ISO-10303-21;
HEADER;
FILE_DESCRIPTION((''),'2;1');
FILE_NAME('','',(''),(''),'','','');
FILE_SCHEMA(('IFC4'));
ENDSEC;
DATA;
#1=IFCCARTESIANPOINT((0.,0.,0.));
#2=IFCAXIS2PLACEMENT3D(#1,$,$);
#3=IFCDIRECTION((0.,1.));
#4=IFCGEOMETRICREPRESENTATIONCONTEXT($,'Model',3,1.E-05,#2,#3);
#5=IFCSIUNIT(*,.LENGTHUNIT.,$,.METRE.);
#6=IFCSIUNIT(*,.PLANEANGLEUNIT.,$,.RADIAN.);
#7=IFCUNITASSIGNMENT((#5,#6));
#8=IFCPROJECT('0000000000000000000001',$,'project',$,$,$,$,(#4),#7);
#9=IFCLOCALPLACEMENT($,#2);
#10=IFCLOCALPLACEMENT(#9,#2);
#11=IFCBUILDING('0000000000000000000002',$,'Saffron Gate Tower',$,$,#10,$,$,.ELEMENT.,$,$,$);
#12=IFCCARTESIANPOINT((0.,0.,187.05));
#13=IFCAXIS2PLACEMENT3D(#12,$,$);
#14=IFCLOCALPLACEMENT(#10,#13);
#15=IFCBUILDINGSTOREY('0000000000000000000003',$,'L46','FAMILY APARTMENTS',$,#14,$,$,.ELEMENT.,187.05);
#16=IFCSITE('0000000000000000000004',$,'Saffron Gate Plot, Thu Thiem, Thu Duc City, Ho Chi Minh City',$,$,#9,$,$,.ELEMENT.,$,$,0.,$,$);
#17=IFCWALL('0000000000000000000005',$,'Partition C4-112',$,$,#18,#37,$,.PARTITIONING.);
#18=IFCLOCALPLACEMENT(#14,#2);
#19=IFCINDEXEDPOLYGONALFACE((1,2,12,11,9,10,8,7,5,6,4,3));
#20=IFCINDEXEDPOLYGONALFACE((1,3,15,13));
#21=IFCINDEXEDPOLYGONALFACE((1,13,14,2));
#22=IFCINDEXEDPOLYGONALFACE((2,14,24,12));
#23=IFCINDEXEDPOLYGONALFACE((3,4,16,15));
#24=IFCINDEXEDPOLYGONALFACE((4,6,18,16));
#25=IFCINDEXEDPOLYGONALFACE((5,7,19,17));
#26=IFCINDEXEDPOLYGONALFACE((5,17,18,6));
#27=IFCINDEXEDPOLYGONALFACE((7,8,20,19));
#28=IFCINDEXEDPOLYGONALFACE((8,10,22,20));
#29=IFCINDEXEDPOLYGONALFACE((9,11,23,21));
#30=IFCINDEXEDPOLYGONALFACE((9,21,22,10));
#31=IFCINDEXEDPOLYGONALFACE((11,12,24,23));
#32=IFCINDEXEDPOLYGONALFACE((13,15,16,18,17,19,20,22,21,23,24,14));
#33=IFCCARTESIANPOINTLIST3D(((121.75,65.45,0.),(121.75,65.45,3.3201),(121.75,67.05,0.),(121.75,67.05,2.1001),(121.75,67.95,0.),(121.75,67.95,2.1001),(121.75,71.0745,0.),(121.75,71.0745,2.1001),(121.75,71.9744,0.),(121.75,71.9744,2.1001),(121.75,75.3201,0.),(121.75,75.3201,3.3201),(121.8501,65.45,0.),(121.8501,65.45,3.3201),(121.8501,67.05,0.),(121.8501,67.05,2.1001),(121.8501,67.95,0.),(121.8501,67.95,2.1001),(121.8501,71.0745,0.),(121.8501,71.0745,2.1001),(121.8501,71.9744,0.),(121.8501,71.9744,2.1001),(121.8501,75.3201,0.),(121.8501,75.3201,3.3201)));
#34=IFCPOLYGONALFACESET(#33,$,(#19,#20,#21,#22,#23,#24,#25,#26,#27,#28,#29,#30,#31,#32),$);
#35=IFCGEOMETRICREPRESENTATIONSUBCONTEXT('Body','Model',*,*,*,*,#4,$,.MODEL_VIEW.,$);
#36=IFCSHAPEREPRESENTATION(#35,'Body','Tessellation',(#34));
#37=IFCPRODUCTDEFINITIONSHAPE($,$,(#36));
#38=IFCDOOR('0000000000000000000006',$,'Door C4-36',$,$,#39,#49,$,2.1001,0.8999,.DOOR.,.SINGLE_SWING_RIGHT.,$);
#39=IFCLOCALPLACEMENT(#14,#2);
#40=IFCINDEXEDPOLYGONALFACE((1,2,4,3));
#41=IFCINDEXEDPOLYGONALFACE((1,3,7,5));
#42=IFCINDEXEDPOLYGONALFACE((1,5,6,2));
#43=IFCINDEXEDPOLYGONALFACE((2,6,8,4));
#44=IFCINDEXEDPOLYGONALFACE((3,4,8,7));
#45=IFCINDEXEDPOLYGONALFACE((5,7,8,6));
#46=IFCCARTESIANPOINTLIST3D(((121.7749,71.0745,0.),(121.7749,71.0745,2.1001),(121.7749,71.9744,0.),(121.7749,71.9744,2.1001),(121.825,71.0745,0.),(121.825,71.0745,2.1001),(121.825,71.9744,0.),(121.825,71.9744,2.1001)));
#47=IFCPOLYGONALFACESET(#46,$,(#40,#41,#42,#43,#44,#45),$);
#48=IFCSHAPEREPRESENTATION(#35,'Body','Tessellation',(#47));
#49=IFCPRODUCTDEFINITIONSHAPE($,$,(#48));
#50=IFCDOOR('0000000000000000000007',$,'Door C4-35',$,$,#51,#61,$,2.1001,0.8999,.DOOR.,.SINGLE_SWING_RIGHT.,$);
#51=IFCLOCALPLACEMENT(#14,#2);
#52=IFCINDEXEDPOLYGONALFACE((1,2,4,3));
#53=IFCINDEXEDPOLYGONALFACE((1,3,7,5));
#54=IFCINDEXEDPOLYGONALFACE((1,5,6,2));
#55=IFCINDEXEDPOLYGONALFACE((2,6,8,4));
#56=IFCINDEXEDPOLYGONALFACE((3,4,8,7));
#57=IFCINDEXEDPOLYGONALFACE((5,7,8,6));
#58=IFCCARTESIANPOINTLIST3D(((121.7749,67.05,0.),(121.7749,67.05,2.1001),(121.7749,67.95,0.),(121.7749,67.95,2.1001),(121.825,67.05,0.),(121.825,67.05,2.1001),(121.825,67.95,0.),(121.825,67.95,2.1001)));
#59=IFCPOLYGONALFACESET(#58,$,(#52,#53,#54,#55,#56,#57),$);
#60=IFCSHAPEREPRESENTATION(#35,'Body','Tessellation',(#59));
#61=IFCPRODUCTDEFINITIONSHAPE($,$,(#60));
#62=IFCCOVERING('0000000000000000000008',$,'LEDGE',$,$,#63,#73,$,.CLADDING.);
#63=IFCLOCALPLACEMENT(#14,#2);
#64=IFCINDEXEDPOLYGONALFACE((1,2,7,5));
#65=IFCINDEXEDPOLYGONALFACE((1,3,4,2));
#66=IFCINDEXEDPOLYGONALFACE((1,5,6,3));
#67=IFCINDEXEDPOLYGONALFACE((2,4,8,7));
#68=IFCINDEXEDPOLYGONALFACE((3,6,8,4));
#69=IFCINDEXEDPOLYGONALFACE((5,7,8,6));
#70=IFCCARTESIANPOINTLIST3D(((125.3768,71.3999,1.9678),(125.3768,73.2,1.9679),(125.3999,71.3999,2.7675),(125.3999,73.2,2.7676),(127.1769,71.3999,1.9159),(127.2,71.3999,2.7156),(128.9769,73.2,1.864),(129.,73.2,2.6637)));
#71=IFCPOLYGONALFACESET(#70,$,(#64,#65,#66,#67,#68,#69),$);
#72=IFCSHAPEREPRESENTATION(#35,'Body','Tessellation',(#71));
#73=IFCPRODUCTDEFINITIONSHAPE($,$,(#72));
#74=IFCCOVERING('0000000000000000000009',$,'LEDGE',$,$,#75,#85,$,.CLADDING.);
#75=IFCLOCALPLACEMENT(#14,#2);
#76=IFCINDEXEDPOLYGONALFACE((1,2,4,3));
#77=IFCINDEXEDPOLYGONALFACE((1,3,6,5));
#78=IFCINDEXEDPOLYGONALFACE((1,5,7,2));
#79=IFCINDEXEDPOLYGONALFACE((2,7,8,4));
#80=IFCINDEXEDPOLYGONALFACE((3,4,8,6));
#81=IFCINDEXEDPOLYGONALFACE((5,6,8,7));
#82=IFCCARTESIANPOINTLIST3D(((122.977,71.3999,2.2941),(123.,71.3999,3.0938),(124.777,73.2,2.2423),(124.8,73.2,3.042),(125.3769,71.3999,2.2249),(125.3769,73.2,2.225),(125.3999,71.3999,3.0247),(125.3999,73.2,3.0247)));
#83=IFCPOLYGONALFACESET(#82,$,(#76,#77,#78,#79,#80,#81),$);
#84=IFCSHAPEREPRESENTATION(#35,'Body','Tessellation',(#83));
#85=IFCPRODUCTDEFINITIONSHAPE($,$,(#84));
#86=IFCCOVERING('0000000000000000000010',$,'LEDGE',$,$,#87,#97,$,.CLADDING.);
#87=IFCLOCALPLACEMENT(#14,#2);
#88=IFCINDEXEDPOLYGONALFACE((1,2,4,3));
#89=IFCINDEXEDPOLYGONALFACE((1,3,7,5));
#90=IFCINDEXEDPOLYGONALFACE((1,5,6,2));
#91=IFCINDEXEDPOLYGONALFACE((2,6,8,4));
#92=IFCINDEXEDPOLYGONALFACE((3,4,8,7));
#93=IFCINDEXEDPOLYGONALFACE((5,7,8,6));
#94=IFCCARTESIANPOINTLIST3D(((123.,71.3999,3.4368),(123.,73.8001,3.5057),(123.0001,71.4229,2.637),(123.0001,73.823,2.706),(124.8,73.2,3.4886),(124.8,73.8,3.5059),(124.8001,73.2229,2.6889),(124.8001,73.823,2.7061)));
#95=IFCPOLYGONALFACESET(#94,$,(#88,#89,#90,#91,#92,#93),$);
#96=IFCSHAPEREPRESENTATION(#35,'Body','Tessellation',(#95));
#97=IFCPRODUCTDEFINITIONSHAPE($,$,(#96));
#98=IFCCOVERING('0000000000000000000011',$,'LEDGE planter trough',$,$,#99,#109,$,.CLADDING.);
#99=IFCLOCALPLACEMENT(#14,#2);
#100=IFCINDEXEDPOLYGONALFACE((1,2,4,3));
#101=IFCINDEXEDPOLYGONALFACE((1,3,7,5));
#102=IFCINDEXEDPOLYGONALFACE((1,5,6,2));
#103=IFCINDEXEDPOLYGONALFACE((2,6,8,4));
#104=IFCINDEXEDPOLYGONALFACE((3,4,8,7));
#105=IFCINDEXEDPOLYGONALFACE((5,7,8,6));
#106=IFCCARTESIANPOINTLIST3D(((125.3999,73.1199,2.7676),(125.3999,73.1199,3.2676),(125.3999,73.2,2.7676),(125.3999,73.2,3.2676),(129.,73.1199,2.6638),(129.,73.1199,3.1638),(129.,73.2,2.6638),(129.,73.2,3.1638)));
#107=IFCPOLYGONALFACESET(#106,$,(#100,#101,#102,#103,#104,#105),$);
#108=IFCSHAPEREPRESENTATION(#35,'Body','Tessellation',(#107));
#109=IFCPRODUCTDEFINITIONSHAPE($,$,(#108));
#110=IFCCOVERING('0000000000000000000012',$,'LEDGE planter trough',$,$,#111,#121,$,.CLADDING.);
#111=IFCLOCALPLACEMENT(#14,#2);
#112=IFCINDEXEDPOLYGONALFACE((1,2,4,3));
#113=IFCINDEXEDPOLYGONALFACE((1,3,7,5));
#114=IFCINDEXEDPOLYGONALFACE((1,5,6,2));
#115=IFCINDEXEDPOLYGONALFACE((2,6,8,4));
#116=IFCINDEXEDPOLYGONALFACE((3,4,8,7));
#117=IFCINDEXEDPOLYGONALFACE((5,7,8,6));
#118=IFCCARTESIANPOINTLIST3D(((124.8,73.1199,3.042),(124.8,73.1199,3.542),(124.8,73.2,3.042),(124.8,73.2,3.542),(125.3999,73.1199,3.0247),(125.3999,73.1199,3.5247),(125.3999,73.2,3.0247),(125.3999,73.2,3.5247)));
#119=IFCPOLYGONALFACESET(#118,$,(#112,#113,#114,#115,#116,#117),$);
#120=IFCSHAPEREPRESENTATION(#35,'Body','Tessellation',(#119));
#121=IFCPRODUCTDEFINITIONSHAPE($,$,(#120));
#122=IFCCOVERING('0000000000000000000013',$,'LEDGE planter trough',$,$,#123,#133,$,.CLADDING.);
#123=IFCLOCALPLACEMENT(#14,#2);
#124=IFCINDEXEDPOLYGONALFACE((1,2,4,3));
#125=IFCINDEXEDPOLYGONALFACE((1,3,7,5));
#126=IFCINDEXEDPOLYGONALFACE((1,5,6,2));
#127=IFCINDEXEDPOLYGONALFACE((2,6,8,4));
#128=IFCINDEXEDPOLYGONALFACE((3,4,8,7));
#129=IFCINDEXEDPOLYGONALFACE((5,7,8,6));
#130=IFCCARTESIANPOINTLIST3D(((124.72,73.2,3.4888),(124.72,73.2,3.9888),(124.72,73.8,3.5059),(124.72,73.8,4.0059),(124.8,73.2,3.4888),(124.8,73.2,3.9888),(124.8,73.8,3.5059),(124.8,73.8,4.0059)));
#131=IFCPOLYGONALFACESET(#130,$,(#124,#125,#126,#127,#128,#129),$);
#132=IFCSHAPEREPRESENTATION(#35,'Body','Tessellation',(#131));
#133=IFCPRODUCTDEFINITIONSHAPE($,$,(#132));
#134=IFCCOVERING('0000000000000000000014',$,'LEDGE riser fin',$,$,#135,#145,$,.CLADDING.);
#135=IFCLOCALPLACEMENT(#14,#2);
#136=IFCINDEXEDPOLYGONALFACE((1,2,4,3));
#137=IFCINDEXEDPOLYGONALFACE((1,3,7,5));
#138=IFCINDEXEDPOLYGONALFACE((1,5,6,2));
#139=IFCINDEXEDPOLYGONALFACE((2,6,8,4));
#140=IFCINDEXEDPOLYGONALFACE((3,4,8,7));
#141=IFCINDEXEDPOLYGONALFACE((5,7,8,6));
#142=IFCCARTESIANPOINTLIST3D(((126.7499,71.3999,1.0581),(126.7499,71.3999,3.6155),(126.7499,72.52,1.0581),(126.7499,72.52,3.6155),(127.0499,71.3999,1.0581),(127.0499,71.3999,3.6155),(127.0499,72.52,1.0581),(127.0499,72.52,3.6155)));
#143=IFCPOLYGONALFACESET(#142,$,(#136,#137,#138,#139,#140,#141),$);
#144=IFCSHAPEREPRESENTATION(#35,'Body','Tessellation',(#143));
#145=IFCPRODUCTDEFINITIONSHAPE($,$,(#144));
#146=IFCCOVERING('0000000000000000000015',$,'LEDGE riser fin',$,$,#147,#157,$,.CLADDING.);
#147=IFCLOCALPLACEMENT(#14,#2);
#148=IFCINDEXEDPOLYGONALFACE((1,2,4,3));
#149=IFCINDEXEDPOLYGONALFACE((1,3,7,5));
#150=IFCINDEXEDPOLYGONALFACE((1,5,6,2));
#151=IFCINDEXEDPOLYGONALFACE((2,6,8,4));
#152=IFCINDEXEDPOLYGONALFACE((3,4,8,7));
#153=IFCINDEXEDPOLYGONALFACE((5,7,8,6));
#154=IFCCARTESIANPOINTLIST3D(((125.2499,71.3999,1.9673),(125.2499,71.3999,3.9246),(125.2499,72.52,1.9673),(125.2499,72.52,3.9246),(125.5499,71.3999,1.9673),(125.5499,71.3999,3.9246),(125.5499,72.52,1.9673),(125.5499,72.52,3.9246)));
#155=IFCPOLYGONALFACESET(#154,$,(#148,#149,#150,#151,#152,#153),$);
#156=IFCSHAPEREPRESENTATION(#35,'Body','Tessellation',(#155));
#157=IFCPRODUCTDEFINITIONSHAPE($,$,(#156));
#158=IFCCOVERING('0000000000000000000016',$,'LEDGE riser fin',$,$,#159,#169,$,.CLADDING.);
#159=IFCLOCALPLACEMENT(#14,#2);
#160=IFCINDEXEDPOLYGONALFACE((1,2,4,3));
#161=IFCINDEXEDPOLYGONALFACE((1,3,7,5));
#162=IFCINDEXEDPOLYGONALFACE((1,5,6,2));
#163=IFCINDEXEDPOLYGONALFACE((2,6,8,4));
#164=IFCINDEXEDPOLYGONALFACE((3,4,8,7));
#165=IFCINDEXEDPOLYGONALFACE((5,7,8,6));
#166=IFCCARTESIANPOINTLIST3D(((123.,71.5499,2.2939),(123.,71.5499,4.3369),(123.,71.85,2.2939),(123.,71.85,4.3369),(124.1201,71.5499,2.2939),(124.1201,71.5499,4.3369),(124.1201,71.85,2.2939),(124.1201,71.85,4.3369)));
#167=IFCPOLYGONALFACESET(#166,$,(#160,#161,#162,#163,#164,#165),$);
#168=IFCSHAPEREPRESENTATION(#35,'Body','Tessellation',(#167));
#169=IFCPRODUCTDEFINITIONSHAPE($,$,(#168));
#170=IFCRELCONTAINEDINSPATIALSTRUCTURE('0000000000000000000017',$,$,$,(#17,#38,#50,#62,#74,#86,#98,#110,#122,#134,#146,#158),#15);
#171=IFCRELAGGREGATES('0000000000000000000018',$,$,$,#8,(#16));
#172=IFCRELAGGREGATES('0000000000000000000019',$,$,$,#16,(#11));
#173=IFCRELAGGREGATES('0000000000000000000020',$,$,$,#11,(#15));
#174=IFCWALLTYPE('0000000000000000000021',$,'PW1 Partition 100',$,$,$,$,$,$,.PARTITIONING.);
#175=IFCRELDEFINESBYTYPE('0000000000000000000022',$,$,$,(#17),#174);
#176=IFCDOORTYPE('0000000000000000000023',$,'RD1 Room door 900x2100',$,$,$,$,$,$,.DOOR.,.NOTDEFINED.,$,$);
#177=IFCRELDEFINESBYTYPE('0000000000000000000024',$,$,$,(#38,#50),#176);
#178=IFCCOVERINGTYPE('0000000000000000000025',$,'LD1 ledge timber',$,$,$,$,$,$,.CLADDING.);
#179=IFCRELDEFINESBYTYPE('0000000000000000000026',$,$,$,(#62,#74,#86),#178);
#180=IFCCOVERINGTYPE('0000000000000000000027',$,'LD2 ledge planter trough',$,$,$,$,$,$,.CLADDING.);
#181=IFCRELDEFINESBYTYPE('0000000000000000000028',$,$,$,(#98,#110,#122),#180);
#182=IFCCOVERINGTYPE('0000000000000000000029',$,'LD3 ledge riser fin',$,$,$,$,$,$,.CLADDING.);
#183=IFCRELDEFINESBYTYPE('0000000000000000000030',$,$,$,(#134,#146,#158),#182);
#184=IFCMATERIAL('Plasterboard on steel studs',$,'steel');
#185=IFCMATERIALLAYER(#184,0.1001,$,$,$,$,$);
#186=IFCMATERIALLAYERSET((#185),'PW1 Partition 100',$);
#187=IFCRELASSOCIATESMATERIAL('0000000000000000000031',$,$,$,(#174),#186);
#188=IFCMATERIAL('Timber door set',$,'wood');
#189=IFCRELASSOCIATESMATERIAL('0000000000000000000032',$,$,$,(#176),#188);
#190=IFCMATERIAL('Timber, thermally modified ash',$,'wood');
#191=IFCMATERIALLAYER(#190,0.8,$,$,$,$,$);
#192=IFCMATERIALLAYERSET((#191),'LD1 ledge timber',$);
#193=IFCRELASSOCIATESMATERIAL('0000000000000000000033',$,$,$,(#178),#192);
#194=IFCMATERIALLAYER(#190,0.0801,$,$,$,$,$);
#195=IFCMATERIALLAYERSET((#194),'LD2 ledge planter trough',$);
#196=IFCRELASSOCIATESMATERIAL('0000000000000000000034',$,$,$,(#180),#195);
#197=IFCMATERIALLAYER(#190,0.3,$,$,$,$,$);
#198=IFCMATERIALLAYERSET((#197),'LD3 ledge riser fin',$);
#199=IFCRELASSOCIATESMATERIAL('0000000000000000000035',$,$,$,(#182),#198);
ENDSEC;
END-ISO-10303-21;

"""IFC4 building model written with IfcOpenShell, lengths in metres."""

from ifc_helpers import new_model, si_unit, direction, frame, frame_2d, origin, origin_2d, place, context, subcontext, project, spatial, polyline, rectangle, outline, extrude, material, layer, layer_set, type_object, element, fill, save


model = new_model("IFC4")

# Units and contexts
model_context = context("Model", 3, precision=1e-05, world=origin(), true_north=direction((0.0, 1.0)))
body_context = subcontext(model_context, "Body", "Model", "MODEL_VIEW")
ifc_project = project(units=[si_unit("LENGTHUNIT", "METRE"), si_unit("PLANEANGLEUNIT", "RADIAN")], contexts=[model_context])

# Site, building, storey
site_placement = place(None, origin())
site = spatial("IfcSite", under=ifc_project, at=site_placement, Name="Saffron Gate Plot, Thu Thiem, Thu Duc City, Ho Chi Minh City", CompositionType="ELEMENT", RefElevation=0.0)
building_placement = place(site_placement, origin())
building = spatial("IfcBuilding", under=site, at=building_placement, Name="Saffron Gate Tower", CompositionType="ELEMENT")
storey_placement = place(building_placement, frame((0.0, 0.0, 187.05)))
storey = spatial("IfcBuildingStorey", under=building, at=storey_placement, Name="L46", Description="FAMILY APARTMENTS", CompositionType="ELEMENT", Elevation=187.05)

# Wall, openings, doors
ifc_material_1 = material(Name="Plasterboard on steel studs", Category="steel")
ifc_layer_1 = layer(ifc_material_1, 0.1001)
ifc_layer_set_1 = layer_set([ifc_layer_1], Name="PW1 Partition 100")
wall_type = type_object("IfcWallType", Name="PW1 Partition 100", PredefinedType="PARTITIONING", material=ifc_layer_set_1)
wall_placement = place(storey_placement, frame((121.8, 75.3201, 0.0), z_axis=(0.0, 0.0, 1.0), x_axis=(0.0, -1.0, 0.0)))
wall = element("IfcWall", 1, at=wall_placement, inside=storey, type_object=wall_type, Name="Partition C4-112", PredefinedType="PARTITIONING", context=body_context, shape_type="SweptSolid", body=[
    extrude(rectangle(XDim=9.8701, YDim=0.1001, at=frame_2d((4.9351, 0.0))), origin(), (0.0, 0.0, 1.0), 3.3201),
])
opening_1_placement = place(wall_placement, frame((3.3457, 0.0, 0.0)))
opening_1 = element("IfcOpeningElement", 2, at=opening_1_placement, cuts=wall, PredefinedType="OPENING", context=body_context, shape_type="SweptSolid", body=[
    extrude(rectangle(XDim=0.8999, YDim=2.1001, at=frame_2d((0.45, 1.05))), frame((0.0, 0.0601, 0.0), z_axis=(0.0, -1.0, 0.0), x_axis=(1.0, 0.0, 0.0)), (0.0, 0.0, 1.0), 0.1201),
])
opening_2_placement = place(wall_placement, frame((7.3701, 0.0, 0.0)))
opening_2 = element("IfcOpeningElement", 3, at=opening_2_placement, cuts=wall, PredefinedType="OPENING", context=body_context, shape_type="SweptSolid", body=[
    extrude(rectangle(XDim=0.8999, YDim=2.1001, at=frame_2d((0.45, 1.05))), frame((0.0, 0.0601, 0.0), z_axis=(0.0, -1.0, 0.0), x_axis=(1.0, 0.0, 0.0)), (0.0, 0.0, 1.0), 0.1201),
])
ifc_material_2 = material(Name="Timber door set", Category="wood")
door_type = type_object("IfcDoorType", Name="RD1 Room door 900x2100", OperationType="NOTDEFINED", PredefinedType="DOOR", material=ifc_material_2)
door_1_placement = place(opening_1_placement, origin())
door_1 = element("IfcDoor", 4, at=door_1_placement, inside=storey, type_object=door_type, Name="Door C4-36", OperationType="SINGLE_SWING_RIGHT", OverallHeight=2.1001, OverallWidth=0.8999, PredefinedType="DOOR", context=body_context, shape_type="SweptSolid", body=[
    extrude(rectangle(XDim=0.8999, YDim=2.1001, at=frame_2d((0.45, 1.05))), frame((0.0, 0.0249, 0.0), z_axis=(0.0, -1.0, 0.0), x_axis=(1.0, 0.0, 0.0)), (0.0, 0.0, 1.0), 0.05),
])
fill(opening_1, door_1)
door_2_placement = place(opening_2_placement, origin())
door_2 = element("IfcDoor", 5, at=door_2_placement, inside=storey, type_object=door_type, Name="Door C4-35", OperationType="SINGLE_SWING_RIGHT", OverallHeight=2.1001, OverallWidth=0.8999, PredefinedType="DOOR", context=body_context, shape_type="SweptSolid", body=[
    extrude(rectangle(XDim=0.8999, YDim=2.1001, at=frame_2d((0.45, 1.05))), frame((0.0, 0.0249, 0.0), z_axis=(0.0, -1.0, 0.0), x_axis=(1.0, 0.0, 0.0)), (0.0, 0.0, 1.0), 0.05),
])
fill(opening_2, door_2)

# Coverings
ifc_material_3 = material(Name="Timber, thermally modified ash", Category="wood")
ifc_layer_2 = layer(ifc_material_3, 0.8)
ifc_layer_set_2 = layer_set([ifc_layer_2], Name="LD1 ledge timber")
covering_type_1 = type_object("IfcCoveringType", Name="LD1 ledge timber", PredefinedType="CLADDING", material=ifc_layer_set_2)
covering_1_placement = place(storey_placement, frame((127.2, 71.3999, 2.7156), z_axis=(0.028832, -0.000045, 0.999584), x_axis=(-0.999584, 0.0, 0.028832)))
element("IfcCovering", 6, at=covering_1_placement, inside=storey, type_object=covering_type_1, Name="LEDGE", PredefinedType="CLADDING", context=body_context, shape_type="SweptSolid", body=[
    extrude(outline(polyline([(0.0, 0.0), (1.8008, 0.0), (1.8008, -1.8), (-1.8008, -1.8), (0.0, 0.0)])), origin(), (0.0, 0.0, -1.0), 0.8),
])
covering_2_placement = place(storey_placement, frame((125.3999, 71.3999, 3.0247), z_axis=(0.028799, -0.000029, 0.999585), x_axis=(-0.999585, 0.0, 0.028799)))
element("IfcCovering", 7, at=covering_2_placement, inside=storey, type_object=covering_type_1, Name="LEDGE", PredefinedType="CLADDING", context=body_context, shape_type="SweptSolid", body=[
    extrude(outline(polyline([(0.0, 0.0), (2.4009, 0.0), (0.6001, -1.8), (0.0, -1.8), (0.0, 0.0)])), origin(), (0.0, 0.0, -1.0), 0.8),
])
covering_3_placement = place(storey_placement, frame((123.0, 71.3999, 3.4368), z_axis=(-0.000082, -0.028713, 0.999588), x_axis=(0.0, 0.999588, 0.028713)))
element("IfcCovering", 8, at=covering_3_placement, inside=storey, type_object=covering_type_1, Name="LEDGE", PredefinedType="CLADDING", context=body_context, shape_type="SweptSolid", body=[
    extrude(outline(polyline([(0.0, 0.0), (2.4011, 0.0), (2.4011, -1.8), (1.8008, -1.8), (0.0, 0.0)])), origin(), (0.0, 0.0, -1.0), 0.8),
])
ifc_layer_3 = layer(ifc_material_3, 0.0801)
ifc_layer_set_3 = layer_set([ifc_layer_3], Name="LD2 ledge planter trough")
covering_type_2 = type_object("IfcCoveringType", Name="LD2 ledge planter trough", PredefinedType="CLADDING", material=ifc_layer_set_3)
covering_4_placement = place(storey_placement, frame((129.0, 73.2, 2.6638), z_axis=(0.0, 1.0, 0.0), x_axis=(-0.999585, 0.0, 0.028809)))
element("IfcCovering", 9, at=covering_4_placement, inside=storey, type_object=covering_type_2, Name="LEDGE planter trough", PredefinedType="CLADDING", context=body_context, shape_type="SweptSolid", body=[
    extrude(outline(polyline([(0.0, 0.0), (3.6016, 0.0), (3.616, 0.4998), (0.0144, 0.4998), (0.0, 0.0)])), origin(), (0.0, 0.0, -1.0), 0.0801),
])
covering_5_placement = place(storey_placement, frame((125.3999, 73.2, 3.0247), z_axis=(0.0, 1.0, 0.0), x_axis=(-0.999583, 0.0, 0.028885)))
element("IfcCovering", 10, at=covering_5_placement, inside=storey, type_object=covering_type_2, Name="LEDGE planter trough", PredefinedType="CLADDING", context=body_context, shape_type="SweptSolid", body=[
    extrude(outline(polyline([(0.0, 0.0), (0.6001, 0.0), (0.6145, 0.4998), (0.0144, 0.4998), (0.0, 0.0)])), origin(), (0.0, 0.0, -1.0), 0.0801),
])
covering_6_placement = place(storey_placement, frame((124.8, 73.2, 3.4888), z_axis=(1.0, 0.0, 0.0), x_axis=(0.0, 0.999595, 0.028467)))
element("IfcCovering", 11, at=covering_6_placement, inside=storey, type_object=covering_type_2, Name="LEDGE planter trough", PredefinedType="CLADDING", context=body_context, shape_type="SweptSolid", body=[
    extrude(outline(polyline([(0.0, 0.0), (0.6003, 0.0), (0.6146, 0.4998), (0.0142, 0.4998), (0.0, 0.0)])), origin(), (0.0, 0.0, -1.0), 0.0801),
])
ifc_layer_4 = layer(ifc_material_3, 0.3)
ifc_layer_set_4 = layer_set([ifc_layer_4], Name="LD3 ledge riser fin")
covering_type_3 = type_object("IfcCoveringType", Name="LD3 ledge riser fin", PredefinedType="CLADDING", material=ifc_layer_set_4)
covering_7_placement = place(storey_placement, frame((126.8999, 71.96, 1.0581), z_axis=(0.0, 0.0, 1.0), x_axis=(-1.0, 0.0, 0.0)))
element("IfcCovering", 12, at=covering_7_placement, inside=storey, type_object=covering_type_3, Name="LEDGE riser fin", PredefinedType="CLADDING", context=body_context, shape_type="SweptSolid", body=[
    extrude(rectangle(XDim=0.3, YDim=1.1201, at=origin_2d()), origin(), (0.0, 0.0, 1.0), 2.5574),
])
covering_8_placement = place(storey_placement, frame((125.3999, 71.96, 1.9673), z_axis=(0.0, 0.0, 1.0), x_axis=(-1.0, 0.0, 0.0)))
element("IfcCovering", 13, at=covering_8_placement, inside=storey, type_object=covering_type_3, Name="LEDGE riser fin", PredefinedType="CLADDING", context=body_context, shape_type="SweptSolid", body=[
    extrude(rectangle(XDim=0.3, YDim=1.1201, at=origin_2d()), origin(), (0.0, 0.0, 1.0), 1.9573),
])
covering_9_placement = place(storey_placement, frame((123.5601, 71.7, 2.2939), z_axis=(0.0, 0.0, 1.0), x_axis=(0.0, 1.0, 0.0)))
element("IfcCovering", 14, at=covering_9_placement, inside=storey, type_object=covering_type_3, Name="LEDGE riser fin", PredefinedType="CLADDING", context=body_context, shape_type="SweptSolid", body=[
    extrude(rectangle(XDim=0.3, YDim=1.1201, at=origin_2d()), origin(), (0.0, 0.0, 1.0), 2.043),
])

save(model, "model.ifc")
